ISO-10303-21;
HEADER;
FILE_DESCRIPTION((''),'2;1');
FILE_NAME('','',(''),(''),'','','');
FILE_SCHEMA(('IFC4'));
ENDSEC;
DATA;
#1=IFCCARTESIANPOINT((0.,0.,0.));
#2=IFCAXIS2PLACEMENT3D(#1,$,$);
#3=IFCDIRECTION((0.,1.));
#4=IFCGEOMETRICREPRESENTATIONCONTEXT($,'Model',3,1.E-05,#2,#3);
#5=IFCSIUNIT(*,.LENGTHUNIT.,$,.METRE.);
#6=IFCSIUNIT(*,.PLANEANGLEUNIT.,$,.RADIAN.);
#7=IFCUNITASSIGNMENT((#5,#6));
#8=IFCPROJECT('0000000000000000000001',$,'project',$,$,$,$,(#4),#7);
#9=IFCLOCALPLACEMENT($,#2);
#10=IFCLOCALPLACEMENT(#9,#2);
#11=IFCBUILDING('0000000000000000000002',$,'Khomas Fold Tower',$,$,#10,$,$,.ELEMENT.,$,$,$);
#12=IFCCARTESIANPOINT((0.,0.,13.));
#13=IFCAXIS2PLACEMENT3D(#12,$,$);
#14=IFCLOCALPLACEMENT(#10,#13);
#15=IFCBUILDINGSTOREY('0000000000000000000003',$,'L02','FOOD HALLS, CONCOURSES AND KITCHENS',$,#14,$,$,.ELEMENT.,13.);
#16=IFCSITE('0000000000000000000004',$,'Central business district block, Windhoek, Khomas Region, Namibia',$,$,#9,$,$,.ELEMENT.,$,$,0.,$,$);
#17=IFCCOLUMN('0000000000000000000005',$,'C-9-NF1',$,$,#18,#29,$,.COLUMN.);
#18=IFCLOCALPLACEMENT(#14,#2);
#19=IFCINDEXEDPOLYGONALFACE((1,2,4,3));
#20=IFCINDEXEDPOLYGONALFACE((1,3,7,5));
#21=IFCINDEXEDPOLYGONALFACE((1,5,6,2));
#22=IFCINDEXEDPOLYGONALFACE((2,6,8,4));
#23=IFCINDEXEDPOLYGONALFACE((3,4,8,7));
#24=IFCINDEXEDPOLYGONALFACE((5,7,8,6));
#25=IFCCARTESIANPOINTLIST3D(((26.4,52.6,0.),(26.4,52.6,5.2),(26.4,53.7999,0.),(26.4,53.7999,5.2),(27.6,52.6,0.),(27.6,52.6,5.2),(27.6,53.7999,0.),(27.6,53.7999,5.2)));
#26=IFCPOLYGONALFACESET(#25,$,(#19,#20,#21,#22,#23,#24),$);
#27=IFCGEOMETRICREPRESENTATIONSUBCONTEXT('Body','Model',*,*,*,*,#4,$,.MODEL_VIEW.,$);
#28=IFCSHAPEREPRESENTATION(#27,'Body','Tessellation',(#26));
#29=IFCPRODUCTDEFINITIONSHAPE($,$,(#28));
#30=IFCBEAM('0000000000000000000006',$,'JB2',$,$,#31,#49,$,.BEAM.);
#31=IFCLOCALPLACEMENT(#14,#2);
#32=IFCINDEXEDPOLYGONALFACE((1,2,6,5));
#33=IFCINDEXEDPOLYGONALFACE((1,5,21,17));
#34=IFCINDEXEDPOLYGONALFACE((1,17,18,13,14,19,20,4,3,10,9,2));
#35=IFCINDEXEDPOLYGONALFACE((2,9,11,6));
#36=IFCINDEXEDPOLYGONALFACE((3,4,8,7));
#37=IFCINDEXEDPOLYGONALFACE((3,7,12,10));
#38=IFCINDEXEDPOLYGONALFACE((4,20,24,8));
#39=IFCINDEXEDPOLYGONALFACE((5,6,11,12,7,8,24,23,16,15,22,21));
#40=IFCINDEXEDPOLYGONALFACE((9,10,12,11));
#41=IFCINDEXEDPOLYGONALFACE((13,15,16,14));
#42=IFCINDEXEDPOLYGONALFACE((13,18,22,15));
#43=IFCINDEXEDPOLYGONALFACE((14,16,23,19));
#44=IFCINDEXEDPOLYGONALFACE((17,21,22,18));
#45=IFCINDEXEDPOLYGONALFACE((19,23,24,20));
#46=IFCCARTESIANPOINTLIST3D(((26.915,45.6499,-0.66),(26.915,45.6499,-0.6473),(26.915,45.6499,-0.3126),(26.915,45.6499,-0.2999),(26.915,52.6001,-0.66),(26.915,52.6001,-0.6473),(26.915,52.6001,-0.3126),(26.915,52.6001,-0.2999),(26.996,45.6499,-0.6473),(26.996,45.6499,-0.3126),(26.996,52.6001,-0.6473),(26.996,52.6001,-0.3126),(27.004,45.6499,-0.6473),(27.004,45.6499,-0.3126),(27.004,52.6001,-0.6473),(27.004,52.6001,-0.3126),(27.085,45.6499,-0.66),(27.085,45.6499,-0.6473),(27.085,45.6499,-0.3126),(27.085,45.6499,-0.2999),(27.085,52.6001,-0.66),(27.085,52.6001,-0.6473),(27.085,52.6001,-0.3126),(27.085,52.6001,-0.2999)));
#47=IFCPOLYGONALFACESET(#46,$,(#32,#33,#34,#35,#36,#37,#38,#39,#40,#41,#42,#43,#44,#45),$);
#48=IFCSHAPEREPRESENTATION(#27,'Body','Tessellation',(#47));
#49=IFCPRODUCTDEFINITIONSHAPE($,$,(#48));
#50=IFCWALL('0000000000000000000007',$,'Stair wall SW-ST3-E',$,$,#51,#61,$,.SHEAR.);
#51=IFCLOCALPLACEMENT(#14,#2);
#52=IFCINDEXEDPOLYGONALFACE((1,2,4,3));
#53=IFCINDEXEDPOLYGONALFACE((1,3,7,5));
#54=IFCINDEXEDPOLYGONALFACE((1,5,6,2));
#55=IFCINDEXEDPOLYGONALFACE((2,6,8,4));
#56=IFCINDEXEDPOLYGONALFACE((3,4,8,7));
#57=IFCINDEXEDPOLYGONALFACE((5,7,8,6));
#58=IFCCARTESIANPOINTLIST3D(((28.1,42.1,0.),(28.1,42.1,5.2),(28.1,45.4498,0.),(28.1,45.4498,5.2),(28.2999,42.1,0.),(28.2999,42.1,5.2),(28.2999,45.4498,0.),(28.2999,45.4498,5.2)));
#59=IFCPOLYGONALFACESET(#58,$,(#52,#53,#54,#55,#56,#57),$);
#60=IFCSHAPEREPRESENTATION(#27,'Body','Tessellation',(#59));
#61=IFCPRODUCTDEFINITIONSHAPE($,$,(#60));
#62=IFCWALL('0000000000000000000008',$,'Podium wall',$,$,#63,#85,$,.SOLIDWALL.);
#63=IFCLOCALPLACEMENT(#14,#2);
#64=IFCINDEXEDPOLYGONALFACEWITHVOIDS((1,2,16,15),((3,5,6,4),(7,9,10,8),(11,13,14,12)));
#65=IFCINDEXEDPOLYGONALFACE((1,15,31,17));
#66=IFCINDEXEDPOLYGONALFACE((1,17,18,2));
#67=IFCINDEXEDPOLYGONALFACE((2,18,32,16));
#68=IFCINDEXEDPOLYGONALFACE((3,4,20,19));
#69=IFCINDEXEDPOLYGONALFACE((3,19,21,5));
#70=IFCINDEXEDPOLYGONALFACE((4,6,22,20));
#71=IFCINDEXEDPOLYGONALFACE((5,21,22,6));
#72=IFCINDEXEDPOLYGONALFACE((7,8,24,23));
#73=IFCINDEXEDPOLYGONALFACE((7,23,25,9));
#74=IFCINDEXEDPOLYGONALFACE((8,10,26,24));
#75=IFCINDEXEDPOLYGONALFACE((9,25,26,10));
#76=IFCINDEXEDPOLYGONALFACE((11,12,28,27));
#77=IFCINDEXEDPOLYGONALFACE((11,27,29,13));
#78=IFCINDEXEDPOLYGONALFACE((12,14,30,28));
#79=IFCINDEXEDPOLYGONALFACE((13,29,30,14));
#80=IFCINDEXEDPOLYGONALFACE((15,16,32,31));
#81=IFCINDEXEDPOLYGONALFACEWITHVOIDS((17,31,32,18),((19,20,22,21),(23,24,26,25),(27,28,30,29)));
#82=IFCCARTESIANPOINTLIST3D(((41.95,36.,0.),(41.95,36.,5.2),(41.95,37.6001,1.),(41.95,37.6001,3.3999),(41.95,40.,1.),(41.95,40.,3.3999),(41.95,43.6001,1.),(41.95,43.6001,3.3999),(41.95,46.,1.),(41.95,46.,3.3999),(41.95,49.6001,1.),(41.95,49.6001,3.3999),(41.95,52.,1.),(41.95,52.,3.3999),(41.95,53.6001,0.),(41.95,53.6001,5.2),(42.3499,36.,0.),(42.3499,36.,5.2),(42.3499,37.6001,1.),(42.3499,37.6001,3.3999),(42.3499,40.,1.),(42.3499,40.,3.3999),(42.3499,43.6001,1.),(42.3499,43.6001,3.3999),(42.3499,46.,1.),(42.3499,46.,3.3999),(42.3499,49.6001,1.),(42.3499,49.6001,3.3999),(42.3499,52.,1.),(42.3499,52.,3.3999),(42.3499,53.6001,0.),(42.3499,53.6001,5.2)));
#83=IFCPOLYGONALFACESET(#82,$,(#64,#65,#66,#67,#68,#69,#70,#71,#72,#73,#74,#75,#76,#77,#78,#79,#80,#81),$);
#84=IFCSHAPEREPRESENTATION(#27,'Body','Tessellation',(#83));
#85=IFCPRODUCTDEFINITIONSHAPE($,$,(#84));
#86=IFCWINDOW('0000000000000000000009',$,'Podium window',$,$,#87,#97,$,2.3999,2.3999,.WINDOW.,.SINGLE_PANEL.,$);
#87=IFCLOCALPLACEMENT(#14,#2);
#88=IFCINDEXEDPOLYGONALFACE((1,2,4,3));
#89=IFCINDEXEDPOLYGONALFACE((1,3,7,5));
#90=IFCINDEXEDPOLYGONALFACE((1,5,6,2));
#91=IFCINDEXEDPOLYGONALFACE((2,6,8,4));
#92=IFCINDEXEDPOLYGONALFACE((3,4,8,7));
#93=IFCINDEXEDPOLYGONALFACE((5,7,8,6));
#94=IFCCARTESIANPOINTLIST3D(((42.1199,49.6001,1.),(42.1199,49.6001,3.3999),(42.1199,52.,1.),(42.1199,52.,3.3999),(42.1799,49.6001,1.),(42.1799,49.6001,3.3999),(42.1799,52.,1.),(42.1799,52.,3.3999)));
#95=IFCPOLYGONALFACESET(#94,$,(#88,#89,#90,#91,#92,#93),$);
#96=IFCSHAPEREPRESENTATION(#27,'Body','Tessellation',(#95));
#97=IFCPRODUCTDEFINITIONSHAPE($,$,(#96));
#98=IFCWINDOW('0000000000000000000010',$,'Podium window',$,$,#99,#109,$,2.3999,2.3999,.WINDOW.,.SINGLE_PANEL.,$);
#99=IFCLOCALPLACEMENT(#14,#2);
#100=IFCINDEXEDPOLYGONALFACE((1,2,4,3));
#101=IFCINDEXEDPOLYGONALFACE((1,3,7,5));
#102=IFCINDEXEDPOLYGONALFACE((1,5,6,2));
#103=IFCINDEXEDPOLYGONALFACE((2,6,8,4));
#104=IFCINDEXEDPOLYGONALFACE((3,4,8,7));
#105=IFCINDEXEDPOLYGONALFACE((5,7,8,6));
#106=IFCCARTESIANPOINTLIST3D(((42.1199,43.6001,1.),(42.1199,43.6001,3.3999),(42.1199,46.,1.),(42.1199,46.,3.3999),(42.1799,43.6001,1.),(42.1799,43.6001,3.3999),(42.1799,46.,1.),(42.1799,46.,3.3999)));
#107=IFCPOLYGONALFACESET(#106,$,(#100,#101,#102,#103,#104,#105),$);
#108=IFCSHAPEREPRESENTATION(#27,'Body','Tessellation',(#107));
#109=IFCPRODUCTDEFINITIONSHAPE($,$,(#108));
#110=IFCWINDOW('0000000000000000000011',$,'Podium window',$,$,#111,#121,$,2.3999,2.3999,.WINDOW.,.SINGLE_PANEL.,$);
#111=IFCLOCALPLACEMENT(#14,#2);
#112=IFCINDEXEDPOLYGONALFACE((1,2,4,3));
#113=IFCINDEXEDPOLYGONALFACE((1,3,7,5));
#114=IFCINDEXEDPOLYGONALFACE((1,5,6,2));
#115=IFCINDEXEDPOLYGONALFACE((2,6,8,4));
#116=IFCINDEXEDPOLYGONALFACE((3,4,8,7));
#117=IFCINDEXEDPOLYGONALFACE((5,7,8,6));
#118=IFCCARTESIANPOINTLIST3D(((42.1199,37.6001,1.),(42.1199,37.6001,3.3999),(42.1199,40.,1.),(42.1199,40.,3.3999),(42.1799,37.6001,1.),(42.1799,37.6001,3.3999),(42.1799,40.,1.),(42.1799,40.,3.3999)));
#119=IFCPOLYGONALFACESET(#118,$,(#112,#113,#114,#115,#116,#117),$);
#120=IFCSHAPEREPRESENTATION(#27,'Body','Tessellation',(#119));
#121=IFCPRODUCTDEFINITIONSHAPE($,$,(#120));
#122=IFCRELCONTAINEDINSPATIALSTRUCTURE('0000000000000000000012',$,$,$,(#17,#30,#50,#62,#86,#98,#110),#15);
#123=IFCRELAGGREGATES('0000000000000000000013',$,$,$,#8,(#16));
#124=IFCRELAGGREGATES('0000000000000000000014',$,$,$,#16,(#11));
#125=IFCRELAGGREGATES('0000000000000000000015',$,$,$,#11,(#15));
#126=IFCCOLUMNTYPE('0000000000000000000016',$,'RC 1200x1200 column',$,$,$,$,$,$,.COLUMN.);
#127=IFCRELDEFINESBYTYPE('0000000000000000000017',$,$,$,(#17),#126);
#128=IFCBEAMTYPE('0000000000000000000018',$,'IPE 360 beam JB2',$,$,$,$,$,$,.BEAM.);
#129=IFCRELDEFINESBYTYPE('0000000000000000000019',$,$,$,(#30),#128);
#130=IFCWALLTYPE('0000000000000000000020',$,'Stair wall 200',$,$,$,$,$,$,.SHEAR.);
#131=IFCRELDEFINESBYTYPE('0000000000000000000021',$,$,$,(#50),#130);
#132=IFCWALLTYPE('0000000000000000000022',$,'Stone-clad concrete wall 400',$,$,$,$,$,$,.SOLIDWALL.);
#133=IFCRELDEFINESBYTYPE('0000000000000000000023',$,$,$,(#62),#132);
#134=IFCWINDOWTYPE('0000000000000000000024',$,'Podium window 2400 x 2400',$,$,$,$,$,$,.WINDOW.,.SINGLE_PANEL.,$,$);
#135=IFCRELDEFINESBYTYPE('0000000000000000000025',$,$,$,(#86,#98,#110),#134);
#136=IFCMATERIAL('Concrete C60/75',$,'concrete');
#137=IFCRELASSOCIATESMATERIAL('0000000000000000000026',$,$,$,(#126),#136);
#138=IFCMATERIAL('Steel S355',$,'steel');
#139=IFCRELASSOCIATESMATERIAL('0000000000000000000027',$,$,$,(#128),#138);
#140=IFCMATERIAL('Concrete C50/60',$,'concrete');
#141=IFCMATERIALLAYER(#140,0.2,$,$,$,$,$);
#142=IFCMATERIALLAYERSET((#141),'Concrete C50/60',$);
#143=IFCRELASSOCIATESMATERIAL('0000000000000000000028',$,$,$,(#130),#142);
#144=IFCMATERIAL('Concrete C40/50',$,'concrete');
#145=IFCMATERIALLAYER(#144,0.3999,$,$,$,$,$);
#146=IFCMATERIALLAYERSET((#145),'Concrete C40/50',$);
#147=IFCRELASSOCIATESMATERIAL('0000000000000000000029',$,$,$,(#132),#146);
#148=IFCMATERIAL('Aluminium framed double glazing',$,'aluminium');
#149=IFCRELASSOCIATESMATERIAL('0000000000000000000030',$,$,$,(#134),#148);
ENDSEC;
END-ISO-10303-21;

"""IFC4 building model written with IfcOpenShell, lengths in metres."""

from ifc_helpers import new_model, si_unit, direction, frame, frame_2d, origin, origin_2d, place, context, subcontext, project, spatial, rectangle, i_section, extrude, source, transform, mapped, material, layer, layer_set, material_profile, profile_set, type_object, element, fill, save


model = new_model("IFC4")

# Units and contexts
model_context = context("Model", 3, precision=1e-05, world=origin(), true_north=direction((0.0, 1.0)))
body_context = subcontext(model_context, "Body", "Model", "MODEL_VIEW")
ifc_project = project(units=[si_unit("LENGTHUNIT", "METRE"), si_unit("PLANEANGLEUNIT", "RADIAN")], contexts=[model_context])

# Site, building, storey
site_placement = place(None, origin())
site = spatial("IfcSite", under=ifc_project, at=site_placement, Name="Central business district block, Windhoek, Khomas Region, Namibia", CompositionType="ELEMENT", RefElevation=0.0)
building_placement = place(site_placement, origin())
building = spatial("IfcBuilding", under=site, at=building_placement, Name="Khomas Fold Tower", CompositionType="ELEMENT")
storey_placement = place(building_placement, frame((0.0, 0.0, 13.0)))
storey = spatial("IfcBuildingStorey", under=building, at=storey_placement, Name="L02", Description="FOOD HALLS, CONCOURSES AND KITCHENS", CompositionType="ELEMENT", Elevation=13.0)

# Column
ifc_material_1 = material(Name="Concrete C60/75", Category="concrete")
ifc_material_profile_1 = material_profile(ifc_material_1, rectangle(XDim=1.2, YDim=1.2, at=origin_2d()), Name="RC 1200x1200")
ifc_profile_set_1 = profile_set([ifc_material_profile_1], Name="Concrete C60/75")
column_type = type_object("IfcColumnType", Name="RC 1200x1200 column", PredefinedType="COLUMN", material=ifc_profile_set_1)
shared_shape_1 = source(origin(), body_context, "Body", "SweptSolid", [
    extrude(rectangle(XDim=1.2, YDim=1.2, at=origin_2d()), origin(), (0.0, 0.0, 1.0), 5.2),
])
column_placement = place(storey_placement, frame((27.0, 53.2, 0.0), z_axis=(0.0, 0.0, 1.0), x_axis=(1.0, 0.0, 0.0)))
element("IfcColumn", 1, at=column_placement, inside=storey, type_object=column_type, Name="C-9-NF1", PredefinedType="COLUMN", context=body_context, shape_type="MappedRepresentation", body=[
    mapped(shared_shape_1, transform((0.0, 0.0, 0.0))),
])

# Beam
ifc_material_2 = material(Name="Steel S355", Category="steel")
ifc_material_profile_2 = material_profile(ifc_material_2, i_section(OverallWidth=0.1699, OverallDepth=0.3601, WebThickness=0.0081, FlangeThickness=0.0127, at=origin_2d()), Name="IPE 360")
ifc_profile_set_2 = profile_set([ifc_material_profile_2], Name="Steel S355")
beam_type = type_object("IfcBeamType", Name="IPE 360 beam JB2", PredefinedType="BEAM", material=ifc_profile_set_2)
shared_shape_2 = source(origin(), body_context, "Body", "SweptSolid", [
    extrude(i_section(OverallWidth=0.1699, OverallDepth=0.3601, WebThickness=0.0081, FlangeThickness=0.0127, at=origin_2d()), origin(), (0.0, 0.0, 1.0), 6.9502),
])
beam_placement = place(storey_placement, frame((27.0, 45.6499, -0.48), z_axis=(0.0, 1.0, 0.0), x_axis=(-1.0, 0.0, 0.0)))
element("IfcBeam", 2, at=beam_placement, inside=storey, type_object=beam_type, Name="JB2", PredefinedType="BEAM", context=body_context, shape_type="MappedRepresentation", body=[
    mapped(shared_shape_2, transform((0.0, 0.0, 0.0))),
])

# Wall
ifc_material_3 = material(Name="Concrete C50/60", Category="concrete")
ifc_layer_1 = layer(ifc_material_3, 0.2)
ifc_layer_set_1 = layer_set([ifc_layer_1], Name="Concrete C50/60")
wall_type_1 = type_object("IfcWallType", Name="Stair wall 200", PredefinedType="SHEAR", material=ifc_layer_set_1)
shared_shape_3 = source(origin(), body_context, "Body", "SweptSolid", [
    extrude(rectangle(XDim=3.3499, YDim=0.2, at=frame_2d((1.6748, 0.0))), origin(), (0.0, 0.0, 1.0), 5.2),
])
wall_1_placement = place(storey_placement, frame((28.2, 42.1001, 0.0), z_axis=(0.0, 0.0, 1.0), x_axis=(0.0, 1.0, 0.0)))
element("IfcWall", 3, at=wall_1_placement, inside=storey, type_object=wall_type_1, Name="Stair wall SW-ST3-E", PredefinedType="SHEAR", context=body_context, shape_type="MappedRepresentation", body=[
    mapped(shared_shape_3, transform((0.0, 0.0, 0.0))),
])

# Wall, openings, windows
ifc_material_4 = material(Name="Concrete C40/50", Category="concrete")
ifc_layer_2 = layer(ifc_material_4, 0.3999)
ifc_layer_set_2 = layer_set([ifc_layer_2], Name="Concrete C40/50")
wall_type_2 = type_object("IfcWallType", Name="Stone-clad concrete wall 400", PredefinedType="SOLIDWALL", material=ifc_layer_set_2)
shared_shape_4 = source(origin(), body_context, "Body", "SweptSolid", [
    extrude(rectangle(XDim=17.6001, YDim=0.3999, at=frame_2d((8.8, 0.0))), origin(), (0.0, 0.0, 1.0), 5.2),
])
wall_2_placement = place(storey_placement, frame((42.1499, 53.6001, 0.0), z_axis=(0.0, 0.0, 1.0), x_axis=(0.0, -1.0, 0.0)))
wall_2 = element("IfcWall", 4, at=wall_2_placement, inside=storey, type_object=wall_type_2, Name="Podium wall", PredefinedType="SOLIDWALL", context=body_context, shape_type="MappedRepresentation", body=[
    mapped(shared_shape_4, transform((0.0, 0.0, 0.0))),
])
shared_shape_5 = source(origin(), body_context, "Body", "SweptSolid", [
    extrude(rectangle(XDim=2.3999, YDim=2.3999, at=frame_2d((1.2, 1.2))), frame((0.0, 0.21, 0.0), z_axis=(0.0, -1.0, 0.0), x_axis=(1.0, 0.0, 0.0)), (0.0, 0.0, 1.0), 0.4199),
])
opening_1_placement = place(wall_2_placement, frame((1.6001, 0.0, 1.0)))
opening_1 = element("IfcOpeningElement", 5, at=opening_1_placement, cuts=wall_2, PredefinedType="OPENING", context=body_context, shape_type="MappedRepresentation", body=[
    mapped(shared_shape_5, transform((0.0, 0.0, 0.0))),
])
opening_2_placement = place(wall_2_placement, frame((7.6001, 0.0, 1.0)))
opening_2 = element("IfcOpeningElement", 6, at=opening_2_placement, cuts=wall_2, PredefinedType="OPENING", context=body_context, shape_type="MappedRepresentation", body=[
    mapped(shared_shape_5, transform((0.0, 0.0, 0.0))),
])
opening_3_placement = place(wall_2_placement, frame((13.6001, 0.0, 1.0)))
opening_3 = element("IfcOpeningElement", 7, at=opening_3_placement, cuts=wall_2, PredefinedType="OPENING", context=body_context, shape_type="MappedRepresentation", body=[
    mapped(shared_shape_5, transform((0.0, 0.0, 0.0))),
])
ifc_material_5 = material(Name="Aluminium framed double glazing", Category="aluminium")
window_type = type_object("IfcWindowType", Name="Podium window 2400 x 2400", PartitioningType="SINGLE_PANEL", PredefinedType="WINDOW", material=ifc_material_5)
shared_shape_6 = source(origin(), body_context, "Body", "SweptSolid", [
    extrude(rectangle(XDim=2.3999, YDim=2.3999, at=frame_2d((1.2, 1.2))), frame((0.0, 0.03, 0.0), z_axis=(0.0, -1.0, 0.0), x_axis=(1.0, 0.0, 0.0)), (0.0, 0.0, 1.0), 0.0601),
])
window_1_placement = place(opening_1_placement, origin())
window_1 = element("IfcWindow", 8, at=window_1_placement, inside=storey, type_object=window_type, Name="Podium window", OverallHeight=2.3999, OverallWidth=2.3999, PartitioningType="SINGLE_PANEL", PredefinedType="WINDOW", context=body_context, shape_type="MappedRepresentation", body=[
    mapped(shared_shape_6, transform((0.0, 0.0, 0.0))),
])
fill(opening_1, window_1)
window_2_placement = place(opening_2_placement, origin())
window_2 = element("IfcWindow", 9, at=window_2_placement, inside=storey, type_object=window_type, Name="Podium window", OverallHeight=2.3999, OverallWidth=2.3999, PartitioningType="SINGLE_PANEL", PredefinedType="WINDOW", context=body_context, shape_type="MappedRepresentation", body=[
    mapped(shared_shape_6, transform((0.0, 0.0, 0.0))),
])
fill(opening_2, window_2)
window_3_placement = place(opening_3_placement, origin())
window_3 = element("IfcWindow", 10, at=window_3_placement, inside=storey, type_object=window_type, Name="Podium window", OverallHeight=2.3999, OverallWidth=2.3999, PartitioningType="SINGLE_PANEL", PredefinedType="WINDOW", context=body_context, shape_type="MappedRepresentation", body=[
    mapped(shared_shape_6, transform((0.0, 0.0, 0.0))),
])
fill(opening_3, window_3)

save(model, "model.ifc")
